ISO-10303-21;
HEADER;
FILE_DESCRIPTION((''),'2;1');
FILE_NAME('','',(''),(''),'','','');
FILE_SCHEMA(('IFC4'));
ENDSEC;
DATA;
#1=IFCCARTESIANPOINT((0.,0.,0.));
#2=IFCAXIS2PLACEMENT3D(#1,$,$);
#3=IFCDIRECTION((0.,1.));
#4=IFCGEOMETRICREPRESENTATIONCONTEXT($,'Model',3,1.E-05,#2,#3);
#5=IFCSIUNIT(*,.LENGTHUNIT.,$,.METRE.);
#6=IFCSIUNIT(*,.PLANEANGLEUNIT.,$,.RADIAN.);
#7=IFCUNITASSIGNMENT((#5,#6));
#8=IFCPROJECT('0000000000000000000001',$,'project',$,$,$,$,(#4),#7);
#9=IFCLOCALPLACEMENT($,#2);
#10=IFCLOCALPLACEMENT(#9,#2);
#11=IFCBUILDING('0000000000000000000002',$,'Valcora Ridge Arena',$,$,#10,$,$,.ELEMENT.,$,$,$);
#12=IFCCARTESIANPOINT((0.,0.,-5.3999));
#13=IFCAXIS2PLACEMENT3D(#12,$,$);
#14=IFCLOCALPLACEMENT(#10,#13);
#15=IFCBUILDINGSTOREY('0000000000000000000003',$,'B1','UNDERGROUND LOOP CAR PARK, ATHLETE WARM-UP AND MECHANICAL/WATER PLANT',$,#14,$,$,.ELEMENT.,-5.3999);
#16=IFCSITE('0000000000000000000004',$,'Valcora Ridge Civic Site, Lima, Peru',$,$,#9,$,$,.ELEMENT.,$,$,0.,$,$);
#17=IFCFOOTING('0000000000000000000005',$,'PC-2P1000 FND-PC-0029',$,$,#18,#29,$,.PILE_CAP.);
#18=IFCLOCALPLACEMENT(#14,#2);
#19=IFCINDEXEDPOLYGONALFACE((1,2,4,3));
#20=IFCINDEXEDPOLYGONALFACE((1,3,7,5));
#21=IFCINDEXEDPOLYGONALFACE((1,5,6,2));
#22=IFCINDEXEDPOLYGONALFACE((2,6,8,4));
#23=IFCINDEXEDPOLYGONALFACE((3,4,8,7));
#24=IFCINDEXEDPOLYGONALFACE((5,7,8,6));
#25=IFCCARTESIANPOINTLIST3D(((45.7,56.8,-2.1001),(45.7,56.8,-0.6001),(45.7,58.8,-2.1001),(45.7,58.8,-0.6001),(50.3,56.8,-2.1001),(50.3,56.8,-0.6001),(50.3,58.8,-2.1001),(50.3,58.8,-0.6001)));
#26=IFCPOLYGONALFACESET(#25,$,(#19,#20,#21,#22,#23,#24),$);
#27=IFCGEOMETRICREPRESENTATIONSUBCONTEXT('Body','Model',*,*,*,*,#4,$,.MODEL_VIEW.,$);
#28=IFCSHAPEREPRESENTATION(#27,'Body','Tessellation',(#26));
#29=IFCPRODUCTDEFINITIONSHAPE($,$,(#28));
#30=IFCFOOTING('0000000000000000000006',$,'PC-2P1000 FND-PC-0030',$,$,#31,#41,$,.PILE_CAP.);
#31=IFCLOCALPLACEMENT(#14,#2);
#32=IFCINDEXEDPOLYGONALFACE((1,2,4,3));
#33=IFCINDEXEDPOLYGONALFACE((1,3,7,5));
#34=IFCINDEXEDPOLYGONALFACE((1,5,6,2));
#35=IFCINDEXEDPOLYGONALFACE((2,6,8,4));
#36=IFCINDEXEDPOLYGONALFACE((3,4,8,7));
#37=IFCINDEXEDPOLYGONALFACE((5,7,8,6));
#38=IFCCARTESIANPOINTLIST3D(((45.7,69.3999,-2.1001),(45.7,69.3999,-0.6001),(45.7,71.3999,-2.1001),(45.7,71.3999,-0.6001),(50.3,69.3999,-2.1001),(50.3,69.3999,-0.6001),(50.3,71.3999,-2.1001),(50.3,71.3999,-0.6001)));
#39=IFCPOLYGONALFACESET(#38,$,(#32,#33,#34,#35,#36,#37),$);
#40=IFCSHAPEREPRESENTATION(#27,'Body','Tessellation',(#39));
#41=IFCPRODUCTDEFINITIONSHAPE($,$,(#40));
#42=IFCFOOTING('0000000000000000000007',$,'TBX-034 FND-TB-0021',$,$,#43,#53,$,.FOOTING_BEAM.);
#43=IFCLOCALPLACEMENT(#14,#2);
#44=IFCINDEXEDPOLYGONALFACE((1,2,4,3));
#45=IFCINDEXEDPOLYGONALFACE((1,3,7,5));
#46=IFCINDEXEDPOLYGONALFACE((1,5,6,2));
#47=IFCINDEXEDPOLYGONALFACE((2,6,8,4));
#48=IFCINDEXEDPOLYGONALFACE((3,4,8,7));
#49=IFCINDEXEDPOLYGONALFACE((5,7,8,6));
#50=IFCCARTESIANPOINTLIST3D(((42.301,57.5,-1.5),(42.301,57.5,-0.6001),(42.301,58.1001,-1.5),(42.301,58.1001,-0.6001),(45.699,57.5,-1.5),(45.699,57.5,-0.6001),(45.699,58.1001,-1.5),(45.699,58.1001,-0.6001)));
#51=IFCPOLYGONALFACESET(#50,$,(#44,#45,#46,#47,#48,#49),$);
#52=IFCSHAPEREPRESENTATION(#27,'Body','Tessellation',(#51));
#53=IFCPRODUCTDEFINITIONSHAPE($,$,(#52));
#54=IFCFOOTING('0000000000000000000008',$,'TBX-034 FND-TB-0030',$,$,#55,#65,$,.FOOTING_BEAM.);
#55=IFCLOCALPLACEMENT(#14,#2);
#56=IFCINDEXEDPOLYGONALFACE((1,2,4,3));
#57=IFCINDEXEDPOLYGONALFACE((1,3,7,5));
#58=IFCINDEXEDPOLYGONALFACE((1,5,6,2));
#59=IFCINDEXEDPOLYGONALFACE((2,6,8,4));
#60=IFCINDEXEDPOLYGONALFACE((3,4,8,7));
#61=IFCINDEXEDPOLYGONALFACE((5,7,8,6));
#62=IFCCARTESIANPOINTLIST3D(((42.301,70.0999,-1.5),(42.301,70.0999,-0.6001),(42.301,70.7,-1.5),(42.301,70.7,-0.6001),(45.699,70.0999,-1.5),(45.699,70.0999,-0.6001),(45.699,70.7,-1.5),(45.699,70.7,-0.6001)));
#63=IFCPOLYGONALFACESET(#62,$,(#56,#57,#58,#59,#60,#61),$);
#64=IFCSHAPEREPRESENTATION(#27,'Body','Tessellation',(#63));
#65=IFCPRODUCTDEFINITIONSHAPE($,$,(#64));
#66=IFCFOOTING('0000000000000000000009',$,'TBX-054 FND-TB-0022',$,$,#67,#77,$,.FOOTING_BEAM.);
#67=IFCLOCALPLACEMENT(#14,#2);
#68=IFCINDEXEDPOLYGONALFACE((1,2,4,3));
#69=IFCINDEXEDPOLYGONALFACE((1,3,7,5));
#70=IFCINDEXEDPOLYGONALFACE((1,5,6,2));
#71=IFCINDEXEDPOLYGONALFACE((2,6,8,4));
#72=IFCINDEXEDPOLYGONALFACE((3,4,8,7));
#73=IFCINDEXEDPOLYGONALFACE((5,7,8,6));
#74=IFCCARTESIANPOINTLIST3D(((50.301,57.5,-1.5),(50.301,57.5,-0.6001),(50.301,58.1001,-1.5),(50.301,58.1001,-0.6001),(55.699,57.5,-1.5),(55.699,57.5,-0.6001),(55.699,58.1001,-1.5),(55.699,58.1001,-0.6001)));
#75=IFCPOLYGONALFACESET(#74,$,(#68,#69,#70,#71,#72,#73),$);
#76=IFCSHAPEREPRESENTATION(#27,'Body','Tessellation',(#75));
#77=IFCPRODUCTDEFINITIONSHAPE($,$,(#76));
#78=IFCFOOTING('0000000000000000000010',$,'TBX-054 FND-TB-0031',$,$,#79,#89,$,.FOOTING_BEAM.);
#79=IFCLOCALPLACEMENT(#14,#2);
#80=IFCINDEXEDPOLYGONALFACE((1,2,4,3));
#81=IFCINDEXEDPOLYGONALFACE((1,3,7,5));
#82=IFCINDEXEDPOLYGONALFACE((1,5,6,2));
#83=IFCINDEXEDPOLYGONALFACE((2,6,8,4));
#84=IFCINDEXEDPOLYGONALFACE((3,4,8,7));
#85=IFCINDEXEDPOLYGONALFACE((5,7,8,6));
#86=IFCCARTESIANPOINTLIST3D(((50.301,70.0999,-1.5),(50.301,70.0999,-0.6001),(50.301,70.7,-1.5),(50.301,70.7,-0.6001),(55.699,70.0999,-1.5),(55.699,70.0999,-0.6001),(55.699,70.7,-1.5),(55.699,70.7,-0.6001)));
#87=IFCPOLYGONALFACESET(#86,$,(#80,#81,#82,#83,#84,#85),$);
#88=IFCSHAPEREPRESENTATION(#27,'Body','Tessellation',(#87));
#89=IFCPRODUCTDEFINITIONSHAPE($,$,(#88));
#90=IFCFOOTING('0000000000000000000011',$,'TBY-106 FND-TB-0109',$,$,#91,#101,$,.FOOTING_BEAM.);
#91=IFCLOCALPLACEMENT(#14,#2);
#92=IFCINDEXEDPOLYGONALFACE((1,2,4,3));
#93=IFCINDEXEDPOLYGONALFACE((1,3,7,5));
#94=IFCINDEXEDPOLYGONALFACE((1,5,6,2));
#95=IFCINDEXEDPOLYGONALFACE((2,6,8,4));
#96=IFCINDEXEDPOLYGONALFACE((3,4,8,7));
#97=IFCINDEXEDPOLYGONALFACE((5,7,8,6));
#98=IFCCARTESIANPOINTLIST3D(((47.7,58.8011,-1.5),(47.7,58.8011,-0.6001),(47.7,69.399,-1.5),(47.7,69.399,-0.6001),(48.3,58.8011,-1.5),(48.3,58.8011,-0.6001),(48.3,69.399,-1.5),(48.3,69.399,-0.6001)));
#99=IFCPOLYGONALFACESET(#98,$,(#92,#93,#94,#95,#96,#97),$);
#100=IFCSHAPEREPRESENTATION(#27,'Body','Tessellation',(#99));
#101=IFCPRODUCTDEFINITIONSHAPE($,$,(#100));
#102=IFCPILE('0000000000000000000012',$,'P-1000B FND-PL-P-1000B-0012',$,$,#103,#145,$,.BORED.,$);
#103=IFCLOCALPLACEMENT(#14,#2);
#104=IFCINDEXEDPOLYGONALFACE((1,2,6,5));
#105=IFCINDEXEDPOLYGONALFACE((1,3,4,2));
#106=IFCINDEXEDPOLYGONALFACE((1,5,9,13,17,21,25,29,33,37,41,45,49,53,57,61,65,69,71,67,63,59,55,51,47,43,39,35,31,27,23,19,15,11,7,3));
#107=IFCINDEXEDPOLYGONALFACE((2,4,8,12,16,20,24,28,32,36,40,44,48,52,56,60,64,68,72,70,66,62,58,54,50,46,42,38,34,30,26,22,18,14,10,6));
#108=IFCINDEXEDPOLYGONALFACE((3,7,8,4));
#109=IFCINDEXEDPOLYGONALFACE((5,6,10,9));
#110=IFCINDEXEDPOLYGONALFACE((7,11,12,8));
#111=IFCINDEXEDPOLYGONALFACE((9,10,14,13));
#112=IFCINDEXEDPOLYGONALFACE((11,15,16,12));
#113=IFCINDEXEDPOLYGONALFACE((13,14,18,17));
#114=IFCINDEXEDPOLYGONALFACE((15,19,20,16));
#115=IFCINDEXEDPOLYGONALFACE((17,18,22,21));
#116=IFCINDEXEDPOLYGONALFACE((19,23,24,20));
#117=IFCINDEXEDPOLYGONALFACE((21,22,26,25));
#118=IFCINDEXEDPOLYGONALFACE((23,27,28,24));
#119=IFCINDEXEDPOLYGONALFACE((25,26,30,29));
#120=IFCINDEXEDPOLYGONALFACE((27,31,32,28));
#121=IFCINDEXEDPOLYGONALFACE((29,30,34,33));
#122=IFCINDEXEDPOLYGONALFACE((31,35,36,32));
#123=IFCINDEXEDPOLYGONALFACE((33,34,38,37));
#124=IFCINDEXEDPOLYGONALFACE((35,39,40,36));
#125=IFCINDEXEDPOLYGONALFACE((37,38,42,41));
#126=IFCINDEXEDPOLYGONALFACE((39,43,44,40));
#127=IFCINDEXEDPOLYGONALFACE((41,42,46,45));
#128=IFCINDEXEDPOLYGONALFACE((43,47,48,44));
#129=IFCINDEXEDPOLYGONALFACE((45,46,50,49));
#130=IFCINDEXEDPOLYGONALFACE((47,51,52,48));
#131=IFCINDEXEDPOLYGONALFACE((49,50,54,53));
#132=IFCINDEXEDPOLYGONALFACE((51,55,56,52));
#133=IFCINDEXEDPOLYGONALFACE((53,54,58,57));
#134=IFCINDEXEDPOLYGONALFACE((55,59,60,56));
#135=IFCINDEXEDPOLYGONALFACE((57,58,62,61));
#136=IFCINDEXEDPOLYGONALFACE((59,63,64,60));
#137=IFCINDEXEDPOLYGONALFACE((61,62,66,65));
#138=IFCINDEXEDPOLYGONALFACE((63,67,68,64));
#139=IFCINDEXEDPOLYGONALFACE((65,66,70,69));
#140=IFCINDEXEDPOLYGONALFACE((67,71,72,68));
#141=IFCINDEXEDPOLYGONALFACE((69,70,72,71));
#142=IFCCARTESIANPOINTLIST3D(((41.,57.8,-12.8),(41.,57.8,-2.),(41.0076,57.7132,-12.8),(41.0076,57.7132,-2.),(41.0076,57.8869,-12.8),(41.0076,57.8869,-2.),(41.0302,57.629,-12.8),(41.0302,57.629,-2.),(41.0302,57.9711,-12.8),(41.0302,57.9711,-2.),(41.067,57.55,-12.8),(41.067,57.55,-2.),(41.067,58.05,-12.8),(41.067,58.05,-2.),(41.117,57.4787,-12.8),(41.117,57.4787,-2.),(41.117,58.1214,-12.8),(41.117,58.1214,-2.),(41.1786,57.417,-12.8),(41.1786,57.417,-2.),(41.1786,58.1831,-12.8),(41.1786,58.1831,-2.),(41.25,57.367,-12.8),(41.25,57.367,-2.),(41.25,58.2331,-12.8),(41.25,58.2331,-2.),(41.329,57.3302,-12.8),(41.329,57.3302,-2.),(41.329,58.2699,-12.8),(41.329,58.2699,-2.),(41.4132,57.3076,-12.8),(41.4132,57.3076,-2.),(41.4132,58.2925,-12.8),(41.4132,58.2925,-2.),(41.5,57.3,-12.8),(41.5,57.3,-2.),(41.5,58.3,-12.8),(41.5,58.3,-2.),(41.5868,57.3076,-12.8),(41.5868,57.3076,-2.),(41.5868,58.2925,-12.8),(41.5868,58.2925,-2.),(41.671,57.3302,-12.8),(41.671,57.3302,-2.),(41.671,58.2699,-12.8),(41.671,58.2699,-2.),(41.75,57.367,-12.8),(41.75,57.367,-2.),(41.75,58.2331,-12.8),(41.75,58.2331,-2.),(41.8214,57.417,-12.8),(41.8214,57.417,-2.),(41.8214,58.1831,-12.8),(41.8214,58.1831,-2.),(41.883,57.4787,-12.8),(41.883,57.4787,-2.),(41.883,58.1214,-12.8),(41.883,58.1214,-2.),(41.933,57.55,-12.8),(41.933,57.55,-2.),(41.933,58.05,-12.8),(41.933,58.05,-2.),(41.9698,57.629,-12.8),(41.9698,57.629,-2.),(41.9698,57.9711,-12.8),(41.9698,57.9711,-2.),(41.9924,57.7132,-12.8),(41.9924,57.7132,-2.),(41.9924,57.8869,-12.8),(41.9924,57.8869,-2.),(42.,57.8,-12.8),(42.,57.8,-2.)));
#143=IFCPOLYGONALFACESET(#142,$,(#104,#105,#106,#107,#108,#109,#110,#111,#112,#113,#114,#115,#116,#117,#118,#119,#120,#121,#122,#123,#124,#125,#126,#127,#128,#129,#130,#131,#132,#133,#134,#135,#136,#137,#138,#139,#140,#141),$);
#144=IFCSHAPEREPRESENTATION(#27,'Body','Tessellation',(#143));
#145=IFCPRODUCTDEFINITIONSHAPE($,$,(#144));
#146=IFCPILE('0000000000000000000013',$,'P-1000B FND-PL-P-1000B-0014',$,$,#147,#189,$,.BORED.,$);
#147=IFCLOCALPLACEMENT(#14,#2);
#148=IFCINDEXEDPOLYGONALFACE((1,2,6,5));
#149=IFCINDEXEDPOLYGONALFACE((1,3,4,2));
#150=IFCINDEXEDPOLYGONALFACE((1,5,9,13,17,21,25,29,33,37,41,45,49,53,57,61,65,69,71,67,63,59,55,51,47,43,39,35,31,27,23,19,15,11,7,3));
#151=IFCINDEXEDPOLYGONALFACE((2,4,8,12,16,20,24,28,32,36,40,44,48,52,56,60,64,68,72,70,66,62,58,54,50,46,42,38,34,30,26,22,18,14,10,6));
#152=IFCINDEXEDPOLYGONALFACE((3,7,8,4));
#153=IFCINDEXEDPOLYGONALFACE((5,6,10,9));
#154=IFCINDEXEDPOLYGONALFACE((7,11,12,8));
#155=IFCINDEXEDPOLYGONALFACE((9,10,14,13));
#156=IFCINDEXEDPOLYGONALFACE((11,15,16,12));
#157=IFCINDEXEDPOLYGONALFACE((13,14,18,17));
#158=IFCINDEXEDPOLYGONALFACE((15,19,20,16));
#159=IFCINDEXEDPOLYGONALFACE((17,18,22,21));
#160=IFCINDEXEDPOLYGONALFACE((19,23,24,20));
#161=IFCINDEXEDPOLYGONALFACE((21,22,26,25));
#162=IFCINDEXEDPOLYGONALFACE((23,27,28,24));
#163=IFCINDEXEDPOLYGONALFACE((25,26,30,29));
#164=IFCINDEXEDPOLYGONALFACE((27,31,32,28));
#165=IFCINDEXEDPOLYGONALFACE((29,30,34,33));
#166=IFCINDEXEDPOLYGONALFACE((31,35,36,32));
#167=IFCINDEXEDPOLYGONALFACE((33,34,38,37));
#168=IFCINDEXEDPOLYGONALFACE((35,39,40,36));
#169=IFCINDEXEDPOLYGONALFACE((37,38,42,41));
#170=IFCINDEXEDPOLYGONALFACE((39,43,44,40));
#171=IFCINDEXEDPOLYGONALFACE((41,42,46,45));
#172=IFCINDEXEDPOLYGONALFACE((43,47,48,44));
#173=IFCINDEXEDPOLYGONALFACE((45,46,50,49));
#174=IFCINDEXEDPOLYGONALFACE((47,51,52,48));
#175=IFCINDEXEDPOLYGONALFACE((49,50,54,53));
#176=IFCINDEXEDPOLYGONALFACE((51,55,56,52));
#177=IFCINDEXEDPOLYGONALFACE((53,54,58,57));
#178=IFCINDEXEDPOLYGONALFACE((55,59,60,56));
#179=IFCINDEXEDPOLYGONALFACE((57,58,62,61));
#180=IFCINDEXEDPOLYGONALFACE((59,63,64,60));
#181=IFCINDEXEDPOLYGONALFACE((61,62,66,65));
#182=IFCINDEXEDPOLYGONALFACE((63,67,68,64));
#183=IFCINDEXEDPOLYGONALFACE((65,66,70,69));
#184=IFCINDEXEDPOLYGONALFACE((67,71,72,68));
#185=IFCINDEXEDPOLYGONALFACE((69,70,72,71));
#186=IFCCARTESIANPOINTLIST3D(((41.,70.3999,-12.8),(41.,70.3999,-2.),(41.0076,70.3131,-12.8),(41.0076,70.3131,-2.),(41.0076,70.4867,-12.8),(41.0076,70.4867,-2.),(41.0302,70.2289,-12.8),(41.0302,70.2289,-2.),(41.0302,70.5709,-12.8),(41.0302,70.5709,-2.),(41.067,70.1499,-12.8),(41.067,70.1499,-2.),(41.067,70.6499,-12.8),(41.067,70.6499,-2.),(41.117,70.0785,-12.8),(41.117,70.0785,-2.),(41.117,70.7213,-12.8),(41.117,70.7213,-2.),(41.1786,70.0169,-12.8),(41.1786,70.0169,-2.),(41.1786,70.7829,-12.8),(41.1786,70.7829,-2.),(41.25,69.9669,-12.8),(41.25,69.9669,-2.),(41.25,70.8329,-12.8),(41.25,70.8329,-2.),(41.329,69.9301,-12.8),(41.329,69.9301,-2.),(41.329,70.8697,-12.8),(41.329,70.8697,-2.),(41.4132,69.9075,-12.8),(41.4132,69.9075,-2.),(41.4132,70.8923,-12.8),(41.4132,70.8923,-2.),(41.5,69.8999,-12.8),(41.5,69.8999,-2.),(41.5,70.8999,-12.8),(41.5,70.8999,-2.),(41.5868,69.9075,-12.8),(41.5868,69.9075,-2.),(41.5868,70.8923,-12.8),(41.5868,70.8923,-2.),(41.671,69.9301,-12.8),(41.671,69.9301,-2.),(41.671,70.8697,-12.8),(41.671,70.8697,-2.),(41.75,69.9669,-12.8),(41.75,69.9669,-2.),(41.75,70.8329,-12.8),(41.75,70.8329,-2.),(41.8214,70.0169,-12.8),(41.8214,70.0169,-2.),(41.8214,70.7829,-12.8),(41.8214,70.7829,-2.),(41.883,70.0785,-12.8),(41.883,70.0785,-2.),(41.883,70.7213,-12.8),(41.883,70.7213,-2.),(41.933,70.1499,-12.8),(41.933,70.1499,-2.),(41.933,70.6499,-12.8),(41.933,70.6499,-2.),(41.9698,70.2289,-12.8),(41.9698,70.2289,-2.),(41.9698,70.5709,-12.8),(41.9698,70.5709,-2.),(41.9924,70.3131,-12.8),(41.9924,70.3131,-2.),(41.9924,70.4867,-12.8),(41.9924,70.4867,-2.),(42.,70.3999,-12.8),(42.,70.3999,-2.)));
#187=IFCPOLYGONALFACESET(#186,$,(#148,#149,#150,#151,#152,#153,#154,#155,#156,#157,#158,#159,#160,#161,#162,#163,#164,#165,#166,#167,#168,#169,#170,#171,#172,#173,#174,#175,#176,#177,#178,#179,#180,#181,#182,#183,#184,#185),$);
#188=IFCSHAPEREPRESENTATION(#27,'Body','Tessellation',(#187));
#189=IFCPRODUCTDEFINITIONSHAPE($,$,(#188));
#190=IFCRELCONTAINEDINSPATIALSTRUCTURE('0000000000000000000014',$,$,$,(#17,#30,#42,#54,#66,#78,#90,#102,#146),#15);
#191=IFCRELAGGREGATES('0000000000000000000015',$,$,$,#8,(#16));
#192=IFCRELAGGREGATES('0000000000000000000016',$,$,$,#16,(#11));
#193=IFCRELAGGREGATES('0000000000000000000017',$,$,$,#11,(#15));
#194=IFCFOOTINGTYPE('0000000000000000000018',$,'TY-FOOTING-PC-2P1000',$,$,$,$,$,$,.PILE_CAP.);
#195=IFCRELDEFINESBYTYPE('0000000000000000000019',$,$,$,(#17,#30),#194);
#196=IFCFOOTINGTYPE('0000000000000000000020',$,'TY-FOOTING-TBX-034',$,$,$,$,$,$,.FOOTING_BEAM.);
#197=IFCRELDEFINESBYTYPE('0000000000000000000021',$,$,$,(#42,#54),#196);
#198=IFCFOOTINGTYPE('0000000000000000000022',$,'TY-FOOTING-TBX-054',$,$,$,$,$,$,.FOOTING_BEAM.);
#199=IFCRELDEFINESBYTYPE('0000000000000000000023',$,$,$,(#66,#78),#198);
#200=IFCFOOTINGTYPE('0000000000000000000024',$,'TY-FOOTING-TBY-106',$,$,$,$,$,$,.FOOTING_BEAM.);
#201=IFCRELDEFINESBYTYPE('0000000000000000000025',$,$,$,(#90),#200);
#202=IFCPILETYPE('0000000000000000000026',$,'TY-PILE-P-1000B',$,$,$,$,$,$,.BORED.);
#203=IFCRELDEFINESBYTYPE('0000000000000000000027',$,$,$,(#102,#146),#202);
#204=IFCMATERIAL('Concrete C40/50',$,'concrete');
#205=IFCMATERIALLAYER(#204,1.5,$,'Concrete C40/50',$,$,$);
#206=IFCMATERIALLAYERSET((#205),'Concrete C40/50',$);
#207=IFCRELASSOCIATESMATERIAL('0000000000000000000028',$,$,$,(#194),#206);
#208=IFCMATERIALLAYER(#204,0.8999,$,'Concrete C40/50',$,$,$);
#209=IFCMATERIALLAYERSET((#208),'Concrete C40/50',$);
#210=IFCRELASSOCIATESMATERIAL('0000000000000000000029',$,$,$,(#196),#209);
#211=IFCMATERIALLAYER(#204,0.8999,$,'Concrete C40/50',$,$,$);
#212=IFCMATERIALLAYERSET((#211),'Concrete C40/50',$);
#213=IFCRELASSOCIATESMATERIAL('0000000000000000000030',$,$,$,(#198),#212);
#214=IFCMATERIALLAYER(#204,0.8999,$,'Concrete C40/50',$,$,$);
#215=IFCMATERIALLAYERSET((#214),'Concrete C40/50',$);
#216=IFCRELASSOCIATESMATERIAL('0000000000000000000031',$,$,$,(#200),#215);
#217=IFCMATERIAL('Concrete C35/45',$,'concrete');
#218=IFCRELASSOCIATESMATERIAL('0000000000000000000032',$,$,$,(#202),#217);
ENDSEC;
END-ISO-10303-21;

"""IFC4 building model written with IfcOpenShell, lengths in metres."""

from ifc_helpers import new_model, si_unit, direction, frame, origin, origin_2d, place, context, subcontext, project, spatial, rectangle, circle, extrude, material, layer, layer_set, material_profile, profile_set, type_object, element, save


model = new_model("IFC4")

# Units and contexts
model_context = context("Model", 3, precision=1e-05, world=origin(), true_north=direction((0.0, 1.0)))
body_context = subcontext(model_context, "Body", "Model", "MODEL_VIEW")
ifc_project = project(units=[si_unit("LENGTHUNIT", "METRE"), si_unit("PLANEANGLEUNIT", "RADIAN")], contexts=[model_context])

# Site, building, storey
site_placement = place(None, origin())
site = spatial("IfcSite", under=ifc_project, at=site_placement, Name="Valcora Ridge Civic Site, Lima, Peru", CompositionType="ELEMENT", RefElevation=0.0)
building_placement = place(site_placement, origin())
building = spatial("IfcBuilding", under=site, at=building_placement, Name="Valcora Ridge Arena", CompositionType="ELEMENT")
storey_placement = place(building_placement, frame((0.0, 0.0, -5.3999)))
storey = spatial("IfcBuildingStorey", under=building, at=storey_placement, Name="B1", Description="UNDERGROUND LOOP CAR PARK, ATHLETE WARM-UP AND MECHANICAL/WATER PLANT", CompositionType="ELEMENT", Elevation=-5.3999)

# Footings
ifc_material_1 = material(Name="Concrete C40/50", Category="concrete")
ifc_layer_1 = layer(ifc_material_1, 1.5, Name="Concrete C40/50")
ifc_layer_set_1 = layer_set([ifc_layer_1], Name="Concrete C40/50")
footing_type_1 = type_object("IfcFootingType", Name="TY-FOOTING-PC-2P1000", PredefinedType="PILE_CAP", material=ifc_layer_set_1)
for number, where, z_axis, x_axis, name in (
    (1, (48.0, 57.8, -2.1001), (0.0, 0.0, 1.0), (1.0, 0.0, 0.0), "PC-2P1000 FND-PC-0029"),
    (2, (48.0, 70.3999, -2.1001), (0.0, 0.0, 1.0), (1.0, 0.0, 0.0), "PC-2P1000 FND-PC-0030"),
):
    element("IfcFooting", number, at=place(storey_placement, frame(where, z_axis=z_axis, x_axis=x_axis)), inside=storey, type_object=footing_type_1, Name=name, PredefinedType="PILE_CAP", context=body_context, shape_type="SweptSolid", body=[
        extrude(rectangle(XDim=4.6001, YDim=2.0, at=origin_2d()), origin(), (0.0, 0.0, 1.0), 1.5),
    ])
ifc_layer_2 = layer(ifc_material_1, 0.8999, Name="Concrete C40/50")
ifc_layer_set_2 = layer_set([ifc_layer_2], Name="Concrete C40/50")
footing_type_2 = type_object("IfcFootingType", Name="TY-FOOTING-TBX-034", PredefinedType="FOOTING_BEAM", material=ifc_layer_set_2)
for number, where, z_axis, x_axis, name in (
    (3, (44.0, 57.8, -1.5), (0.0, 0.0, 1.0), (1.0, 0.0, 0.0), "TBX-034 FND-TB-0021"),
    (4, (44.0, 70.3999, -1.5), (0.0, 0.0, 1.0), (1.0, 0.0, 0.0), "TBX-034 FND-TB-0030"),
):
    element("IfcFooting", number, at=place(storey_placement, frame(where, z_axis=z_axis, x_axis=x_axis)), inside=storey, type_object=footing_type_2, Name=name, PredefinedType="FOOTING_BEAM", context=body_context, shape_type="SweptSolid", body=[
        extrude(rectangle(XDim=3.3979, YDim=0.6001, at=origin_2d()), origin(), (0.0, 0.0, 1.0), 0.8999),
    ])
ifc_layer_3 = layer(ifc_material_1, 0.8999, Name="Concrete C40/50")
ifc_layer_set_3 = layer_set([ifc_layer_3], Name="Concrete C40/50")
footing_type_3 = type_object("IfcFootingType", Name="TY-FOOTING-TBX-054", PredefinedType="FOOTING_BEAM", material=ifc_layer_set_3)
for number, where, z_axis, x_axis, name in (
    (5, (53.0, 57.8, -1.5), (0.0, 0.0, 1.0), (1.0, 0.0, 0.0), "TBX-054 FND-TB-0022"),
    (6, (53.0, 70.3999, -1.5), (0.0, 0.0, 1.0), (1.0, 0.0, 0.0), "TBX-054 FND-TB-0031"),
):
    element("IfcFooting", number, at=place(storey_placement, frame(where, z_axis=z_axis, x_axis=x_axis)), inside=storey, type_object=footing_type_3, Name=name, PredefinedType="FOOTING_BEAM", context=body_context, shape_type="SweptSolid", body=[
        extrude(rectangle(XDim=5.3979, YDim=0.6001, at=origin_2d()), origin(), (0.0, 0.0, 1.0), 0.8999),
    ])
ifc_layer_4 = layer(ifc_material_1, 0.8999, Name="Concrete C40/50")
ifc_layer_set_4 = layer_set([ifc_layer_4], Name="Concrete C40/50")
footing_type_4 = type_object("IfcFootingType", Name="TY-FOOTING-TBY-106", PredefinedType="FOOTING_BEAM", material=ifc_layer_set_4)
footing_placement = place(storey_placement, frame((48.0, 64.1001, -1.5), z_axis=(0.0, 0.0, 1.0), x_axis=(1.0, 0.0, 0.0)))
element("IfcFooting", 7, at=footing_placement, inside=storey, type_object=footing_type_4, Name="TBY-106 FND-TB-0109", PredefinedType="FOOTING_BEAM", context=body_context, shape_type="SweptSolid", body=[
    extrude(rectangle(XDim=0.6001, YDim=10.5979, at=origin_2d()), origin(), (0.0, 0.0, 1.0), 0.8999),
])

# Piles
ifc_material_2 = material(Name="Concrete C35/45", Category="concrete")
ifc_material_profile_1 = material_profile(ifc_material_2, circle(Radius=0.5, at=origin_2d()), Name="BORED PILE D1000")
ifc_profile_set_1 = profile_set([ifc_material_profile_1], Name="Concrete C35/45")
pile_type = type_object("IfcPileType", Name="TY-PILE-P-1000B", PredefinedType="BORED", material=ifc_profile_set_1)
for number, where, z_axis, x_axis, name in (
    (8, (41.5, 57.8, -2.0), (0.0, 0.0, -1.0), (1.0, 0.0, 0.0), "P-1000B FND-PL-P-1000B-0012"),
    (9, (41.5, 70.3999, -2.0), (0.0, 0.0, -1.0), (1.0, 0.0, 0.0), "P-1000B FND-PL-P-1000B-0014"),
):
    element("IfcPile", number, at=place(storey_placement, frame(where, z_axis=z_axis, x_axis=x_axis)), inside=storey, type_object=pile_type, Name=name, PredefinedType="BORED", context=body_context, shape_type="SweptSolid", body=[
        extrude(circle(Radius=0.5, at=origin_2d()), origin(), (0.0, 0.0, 1.0), 10.8),
    ])

save(model, "model.ifc")
